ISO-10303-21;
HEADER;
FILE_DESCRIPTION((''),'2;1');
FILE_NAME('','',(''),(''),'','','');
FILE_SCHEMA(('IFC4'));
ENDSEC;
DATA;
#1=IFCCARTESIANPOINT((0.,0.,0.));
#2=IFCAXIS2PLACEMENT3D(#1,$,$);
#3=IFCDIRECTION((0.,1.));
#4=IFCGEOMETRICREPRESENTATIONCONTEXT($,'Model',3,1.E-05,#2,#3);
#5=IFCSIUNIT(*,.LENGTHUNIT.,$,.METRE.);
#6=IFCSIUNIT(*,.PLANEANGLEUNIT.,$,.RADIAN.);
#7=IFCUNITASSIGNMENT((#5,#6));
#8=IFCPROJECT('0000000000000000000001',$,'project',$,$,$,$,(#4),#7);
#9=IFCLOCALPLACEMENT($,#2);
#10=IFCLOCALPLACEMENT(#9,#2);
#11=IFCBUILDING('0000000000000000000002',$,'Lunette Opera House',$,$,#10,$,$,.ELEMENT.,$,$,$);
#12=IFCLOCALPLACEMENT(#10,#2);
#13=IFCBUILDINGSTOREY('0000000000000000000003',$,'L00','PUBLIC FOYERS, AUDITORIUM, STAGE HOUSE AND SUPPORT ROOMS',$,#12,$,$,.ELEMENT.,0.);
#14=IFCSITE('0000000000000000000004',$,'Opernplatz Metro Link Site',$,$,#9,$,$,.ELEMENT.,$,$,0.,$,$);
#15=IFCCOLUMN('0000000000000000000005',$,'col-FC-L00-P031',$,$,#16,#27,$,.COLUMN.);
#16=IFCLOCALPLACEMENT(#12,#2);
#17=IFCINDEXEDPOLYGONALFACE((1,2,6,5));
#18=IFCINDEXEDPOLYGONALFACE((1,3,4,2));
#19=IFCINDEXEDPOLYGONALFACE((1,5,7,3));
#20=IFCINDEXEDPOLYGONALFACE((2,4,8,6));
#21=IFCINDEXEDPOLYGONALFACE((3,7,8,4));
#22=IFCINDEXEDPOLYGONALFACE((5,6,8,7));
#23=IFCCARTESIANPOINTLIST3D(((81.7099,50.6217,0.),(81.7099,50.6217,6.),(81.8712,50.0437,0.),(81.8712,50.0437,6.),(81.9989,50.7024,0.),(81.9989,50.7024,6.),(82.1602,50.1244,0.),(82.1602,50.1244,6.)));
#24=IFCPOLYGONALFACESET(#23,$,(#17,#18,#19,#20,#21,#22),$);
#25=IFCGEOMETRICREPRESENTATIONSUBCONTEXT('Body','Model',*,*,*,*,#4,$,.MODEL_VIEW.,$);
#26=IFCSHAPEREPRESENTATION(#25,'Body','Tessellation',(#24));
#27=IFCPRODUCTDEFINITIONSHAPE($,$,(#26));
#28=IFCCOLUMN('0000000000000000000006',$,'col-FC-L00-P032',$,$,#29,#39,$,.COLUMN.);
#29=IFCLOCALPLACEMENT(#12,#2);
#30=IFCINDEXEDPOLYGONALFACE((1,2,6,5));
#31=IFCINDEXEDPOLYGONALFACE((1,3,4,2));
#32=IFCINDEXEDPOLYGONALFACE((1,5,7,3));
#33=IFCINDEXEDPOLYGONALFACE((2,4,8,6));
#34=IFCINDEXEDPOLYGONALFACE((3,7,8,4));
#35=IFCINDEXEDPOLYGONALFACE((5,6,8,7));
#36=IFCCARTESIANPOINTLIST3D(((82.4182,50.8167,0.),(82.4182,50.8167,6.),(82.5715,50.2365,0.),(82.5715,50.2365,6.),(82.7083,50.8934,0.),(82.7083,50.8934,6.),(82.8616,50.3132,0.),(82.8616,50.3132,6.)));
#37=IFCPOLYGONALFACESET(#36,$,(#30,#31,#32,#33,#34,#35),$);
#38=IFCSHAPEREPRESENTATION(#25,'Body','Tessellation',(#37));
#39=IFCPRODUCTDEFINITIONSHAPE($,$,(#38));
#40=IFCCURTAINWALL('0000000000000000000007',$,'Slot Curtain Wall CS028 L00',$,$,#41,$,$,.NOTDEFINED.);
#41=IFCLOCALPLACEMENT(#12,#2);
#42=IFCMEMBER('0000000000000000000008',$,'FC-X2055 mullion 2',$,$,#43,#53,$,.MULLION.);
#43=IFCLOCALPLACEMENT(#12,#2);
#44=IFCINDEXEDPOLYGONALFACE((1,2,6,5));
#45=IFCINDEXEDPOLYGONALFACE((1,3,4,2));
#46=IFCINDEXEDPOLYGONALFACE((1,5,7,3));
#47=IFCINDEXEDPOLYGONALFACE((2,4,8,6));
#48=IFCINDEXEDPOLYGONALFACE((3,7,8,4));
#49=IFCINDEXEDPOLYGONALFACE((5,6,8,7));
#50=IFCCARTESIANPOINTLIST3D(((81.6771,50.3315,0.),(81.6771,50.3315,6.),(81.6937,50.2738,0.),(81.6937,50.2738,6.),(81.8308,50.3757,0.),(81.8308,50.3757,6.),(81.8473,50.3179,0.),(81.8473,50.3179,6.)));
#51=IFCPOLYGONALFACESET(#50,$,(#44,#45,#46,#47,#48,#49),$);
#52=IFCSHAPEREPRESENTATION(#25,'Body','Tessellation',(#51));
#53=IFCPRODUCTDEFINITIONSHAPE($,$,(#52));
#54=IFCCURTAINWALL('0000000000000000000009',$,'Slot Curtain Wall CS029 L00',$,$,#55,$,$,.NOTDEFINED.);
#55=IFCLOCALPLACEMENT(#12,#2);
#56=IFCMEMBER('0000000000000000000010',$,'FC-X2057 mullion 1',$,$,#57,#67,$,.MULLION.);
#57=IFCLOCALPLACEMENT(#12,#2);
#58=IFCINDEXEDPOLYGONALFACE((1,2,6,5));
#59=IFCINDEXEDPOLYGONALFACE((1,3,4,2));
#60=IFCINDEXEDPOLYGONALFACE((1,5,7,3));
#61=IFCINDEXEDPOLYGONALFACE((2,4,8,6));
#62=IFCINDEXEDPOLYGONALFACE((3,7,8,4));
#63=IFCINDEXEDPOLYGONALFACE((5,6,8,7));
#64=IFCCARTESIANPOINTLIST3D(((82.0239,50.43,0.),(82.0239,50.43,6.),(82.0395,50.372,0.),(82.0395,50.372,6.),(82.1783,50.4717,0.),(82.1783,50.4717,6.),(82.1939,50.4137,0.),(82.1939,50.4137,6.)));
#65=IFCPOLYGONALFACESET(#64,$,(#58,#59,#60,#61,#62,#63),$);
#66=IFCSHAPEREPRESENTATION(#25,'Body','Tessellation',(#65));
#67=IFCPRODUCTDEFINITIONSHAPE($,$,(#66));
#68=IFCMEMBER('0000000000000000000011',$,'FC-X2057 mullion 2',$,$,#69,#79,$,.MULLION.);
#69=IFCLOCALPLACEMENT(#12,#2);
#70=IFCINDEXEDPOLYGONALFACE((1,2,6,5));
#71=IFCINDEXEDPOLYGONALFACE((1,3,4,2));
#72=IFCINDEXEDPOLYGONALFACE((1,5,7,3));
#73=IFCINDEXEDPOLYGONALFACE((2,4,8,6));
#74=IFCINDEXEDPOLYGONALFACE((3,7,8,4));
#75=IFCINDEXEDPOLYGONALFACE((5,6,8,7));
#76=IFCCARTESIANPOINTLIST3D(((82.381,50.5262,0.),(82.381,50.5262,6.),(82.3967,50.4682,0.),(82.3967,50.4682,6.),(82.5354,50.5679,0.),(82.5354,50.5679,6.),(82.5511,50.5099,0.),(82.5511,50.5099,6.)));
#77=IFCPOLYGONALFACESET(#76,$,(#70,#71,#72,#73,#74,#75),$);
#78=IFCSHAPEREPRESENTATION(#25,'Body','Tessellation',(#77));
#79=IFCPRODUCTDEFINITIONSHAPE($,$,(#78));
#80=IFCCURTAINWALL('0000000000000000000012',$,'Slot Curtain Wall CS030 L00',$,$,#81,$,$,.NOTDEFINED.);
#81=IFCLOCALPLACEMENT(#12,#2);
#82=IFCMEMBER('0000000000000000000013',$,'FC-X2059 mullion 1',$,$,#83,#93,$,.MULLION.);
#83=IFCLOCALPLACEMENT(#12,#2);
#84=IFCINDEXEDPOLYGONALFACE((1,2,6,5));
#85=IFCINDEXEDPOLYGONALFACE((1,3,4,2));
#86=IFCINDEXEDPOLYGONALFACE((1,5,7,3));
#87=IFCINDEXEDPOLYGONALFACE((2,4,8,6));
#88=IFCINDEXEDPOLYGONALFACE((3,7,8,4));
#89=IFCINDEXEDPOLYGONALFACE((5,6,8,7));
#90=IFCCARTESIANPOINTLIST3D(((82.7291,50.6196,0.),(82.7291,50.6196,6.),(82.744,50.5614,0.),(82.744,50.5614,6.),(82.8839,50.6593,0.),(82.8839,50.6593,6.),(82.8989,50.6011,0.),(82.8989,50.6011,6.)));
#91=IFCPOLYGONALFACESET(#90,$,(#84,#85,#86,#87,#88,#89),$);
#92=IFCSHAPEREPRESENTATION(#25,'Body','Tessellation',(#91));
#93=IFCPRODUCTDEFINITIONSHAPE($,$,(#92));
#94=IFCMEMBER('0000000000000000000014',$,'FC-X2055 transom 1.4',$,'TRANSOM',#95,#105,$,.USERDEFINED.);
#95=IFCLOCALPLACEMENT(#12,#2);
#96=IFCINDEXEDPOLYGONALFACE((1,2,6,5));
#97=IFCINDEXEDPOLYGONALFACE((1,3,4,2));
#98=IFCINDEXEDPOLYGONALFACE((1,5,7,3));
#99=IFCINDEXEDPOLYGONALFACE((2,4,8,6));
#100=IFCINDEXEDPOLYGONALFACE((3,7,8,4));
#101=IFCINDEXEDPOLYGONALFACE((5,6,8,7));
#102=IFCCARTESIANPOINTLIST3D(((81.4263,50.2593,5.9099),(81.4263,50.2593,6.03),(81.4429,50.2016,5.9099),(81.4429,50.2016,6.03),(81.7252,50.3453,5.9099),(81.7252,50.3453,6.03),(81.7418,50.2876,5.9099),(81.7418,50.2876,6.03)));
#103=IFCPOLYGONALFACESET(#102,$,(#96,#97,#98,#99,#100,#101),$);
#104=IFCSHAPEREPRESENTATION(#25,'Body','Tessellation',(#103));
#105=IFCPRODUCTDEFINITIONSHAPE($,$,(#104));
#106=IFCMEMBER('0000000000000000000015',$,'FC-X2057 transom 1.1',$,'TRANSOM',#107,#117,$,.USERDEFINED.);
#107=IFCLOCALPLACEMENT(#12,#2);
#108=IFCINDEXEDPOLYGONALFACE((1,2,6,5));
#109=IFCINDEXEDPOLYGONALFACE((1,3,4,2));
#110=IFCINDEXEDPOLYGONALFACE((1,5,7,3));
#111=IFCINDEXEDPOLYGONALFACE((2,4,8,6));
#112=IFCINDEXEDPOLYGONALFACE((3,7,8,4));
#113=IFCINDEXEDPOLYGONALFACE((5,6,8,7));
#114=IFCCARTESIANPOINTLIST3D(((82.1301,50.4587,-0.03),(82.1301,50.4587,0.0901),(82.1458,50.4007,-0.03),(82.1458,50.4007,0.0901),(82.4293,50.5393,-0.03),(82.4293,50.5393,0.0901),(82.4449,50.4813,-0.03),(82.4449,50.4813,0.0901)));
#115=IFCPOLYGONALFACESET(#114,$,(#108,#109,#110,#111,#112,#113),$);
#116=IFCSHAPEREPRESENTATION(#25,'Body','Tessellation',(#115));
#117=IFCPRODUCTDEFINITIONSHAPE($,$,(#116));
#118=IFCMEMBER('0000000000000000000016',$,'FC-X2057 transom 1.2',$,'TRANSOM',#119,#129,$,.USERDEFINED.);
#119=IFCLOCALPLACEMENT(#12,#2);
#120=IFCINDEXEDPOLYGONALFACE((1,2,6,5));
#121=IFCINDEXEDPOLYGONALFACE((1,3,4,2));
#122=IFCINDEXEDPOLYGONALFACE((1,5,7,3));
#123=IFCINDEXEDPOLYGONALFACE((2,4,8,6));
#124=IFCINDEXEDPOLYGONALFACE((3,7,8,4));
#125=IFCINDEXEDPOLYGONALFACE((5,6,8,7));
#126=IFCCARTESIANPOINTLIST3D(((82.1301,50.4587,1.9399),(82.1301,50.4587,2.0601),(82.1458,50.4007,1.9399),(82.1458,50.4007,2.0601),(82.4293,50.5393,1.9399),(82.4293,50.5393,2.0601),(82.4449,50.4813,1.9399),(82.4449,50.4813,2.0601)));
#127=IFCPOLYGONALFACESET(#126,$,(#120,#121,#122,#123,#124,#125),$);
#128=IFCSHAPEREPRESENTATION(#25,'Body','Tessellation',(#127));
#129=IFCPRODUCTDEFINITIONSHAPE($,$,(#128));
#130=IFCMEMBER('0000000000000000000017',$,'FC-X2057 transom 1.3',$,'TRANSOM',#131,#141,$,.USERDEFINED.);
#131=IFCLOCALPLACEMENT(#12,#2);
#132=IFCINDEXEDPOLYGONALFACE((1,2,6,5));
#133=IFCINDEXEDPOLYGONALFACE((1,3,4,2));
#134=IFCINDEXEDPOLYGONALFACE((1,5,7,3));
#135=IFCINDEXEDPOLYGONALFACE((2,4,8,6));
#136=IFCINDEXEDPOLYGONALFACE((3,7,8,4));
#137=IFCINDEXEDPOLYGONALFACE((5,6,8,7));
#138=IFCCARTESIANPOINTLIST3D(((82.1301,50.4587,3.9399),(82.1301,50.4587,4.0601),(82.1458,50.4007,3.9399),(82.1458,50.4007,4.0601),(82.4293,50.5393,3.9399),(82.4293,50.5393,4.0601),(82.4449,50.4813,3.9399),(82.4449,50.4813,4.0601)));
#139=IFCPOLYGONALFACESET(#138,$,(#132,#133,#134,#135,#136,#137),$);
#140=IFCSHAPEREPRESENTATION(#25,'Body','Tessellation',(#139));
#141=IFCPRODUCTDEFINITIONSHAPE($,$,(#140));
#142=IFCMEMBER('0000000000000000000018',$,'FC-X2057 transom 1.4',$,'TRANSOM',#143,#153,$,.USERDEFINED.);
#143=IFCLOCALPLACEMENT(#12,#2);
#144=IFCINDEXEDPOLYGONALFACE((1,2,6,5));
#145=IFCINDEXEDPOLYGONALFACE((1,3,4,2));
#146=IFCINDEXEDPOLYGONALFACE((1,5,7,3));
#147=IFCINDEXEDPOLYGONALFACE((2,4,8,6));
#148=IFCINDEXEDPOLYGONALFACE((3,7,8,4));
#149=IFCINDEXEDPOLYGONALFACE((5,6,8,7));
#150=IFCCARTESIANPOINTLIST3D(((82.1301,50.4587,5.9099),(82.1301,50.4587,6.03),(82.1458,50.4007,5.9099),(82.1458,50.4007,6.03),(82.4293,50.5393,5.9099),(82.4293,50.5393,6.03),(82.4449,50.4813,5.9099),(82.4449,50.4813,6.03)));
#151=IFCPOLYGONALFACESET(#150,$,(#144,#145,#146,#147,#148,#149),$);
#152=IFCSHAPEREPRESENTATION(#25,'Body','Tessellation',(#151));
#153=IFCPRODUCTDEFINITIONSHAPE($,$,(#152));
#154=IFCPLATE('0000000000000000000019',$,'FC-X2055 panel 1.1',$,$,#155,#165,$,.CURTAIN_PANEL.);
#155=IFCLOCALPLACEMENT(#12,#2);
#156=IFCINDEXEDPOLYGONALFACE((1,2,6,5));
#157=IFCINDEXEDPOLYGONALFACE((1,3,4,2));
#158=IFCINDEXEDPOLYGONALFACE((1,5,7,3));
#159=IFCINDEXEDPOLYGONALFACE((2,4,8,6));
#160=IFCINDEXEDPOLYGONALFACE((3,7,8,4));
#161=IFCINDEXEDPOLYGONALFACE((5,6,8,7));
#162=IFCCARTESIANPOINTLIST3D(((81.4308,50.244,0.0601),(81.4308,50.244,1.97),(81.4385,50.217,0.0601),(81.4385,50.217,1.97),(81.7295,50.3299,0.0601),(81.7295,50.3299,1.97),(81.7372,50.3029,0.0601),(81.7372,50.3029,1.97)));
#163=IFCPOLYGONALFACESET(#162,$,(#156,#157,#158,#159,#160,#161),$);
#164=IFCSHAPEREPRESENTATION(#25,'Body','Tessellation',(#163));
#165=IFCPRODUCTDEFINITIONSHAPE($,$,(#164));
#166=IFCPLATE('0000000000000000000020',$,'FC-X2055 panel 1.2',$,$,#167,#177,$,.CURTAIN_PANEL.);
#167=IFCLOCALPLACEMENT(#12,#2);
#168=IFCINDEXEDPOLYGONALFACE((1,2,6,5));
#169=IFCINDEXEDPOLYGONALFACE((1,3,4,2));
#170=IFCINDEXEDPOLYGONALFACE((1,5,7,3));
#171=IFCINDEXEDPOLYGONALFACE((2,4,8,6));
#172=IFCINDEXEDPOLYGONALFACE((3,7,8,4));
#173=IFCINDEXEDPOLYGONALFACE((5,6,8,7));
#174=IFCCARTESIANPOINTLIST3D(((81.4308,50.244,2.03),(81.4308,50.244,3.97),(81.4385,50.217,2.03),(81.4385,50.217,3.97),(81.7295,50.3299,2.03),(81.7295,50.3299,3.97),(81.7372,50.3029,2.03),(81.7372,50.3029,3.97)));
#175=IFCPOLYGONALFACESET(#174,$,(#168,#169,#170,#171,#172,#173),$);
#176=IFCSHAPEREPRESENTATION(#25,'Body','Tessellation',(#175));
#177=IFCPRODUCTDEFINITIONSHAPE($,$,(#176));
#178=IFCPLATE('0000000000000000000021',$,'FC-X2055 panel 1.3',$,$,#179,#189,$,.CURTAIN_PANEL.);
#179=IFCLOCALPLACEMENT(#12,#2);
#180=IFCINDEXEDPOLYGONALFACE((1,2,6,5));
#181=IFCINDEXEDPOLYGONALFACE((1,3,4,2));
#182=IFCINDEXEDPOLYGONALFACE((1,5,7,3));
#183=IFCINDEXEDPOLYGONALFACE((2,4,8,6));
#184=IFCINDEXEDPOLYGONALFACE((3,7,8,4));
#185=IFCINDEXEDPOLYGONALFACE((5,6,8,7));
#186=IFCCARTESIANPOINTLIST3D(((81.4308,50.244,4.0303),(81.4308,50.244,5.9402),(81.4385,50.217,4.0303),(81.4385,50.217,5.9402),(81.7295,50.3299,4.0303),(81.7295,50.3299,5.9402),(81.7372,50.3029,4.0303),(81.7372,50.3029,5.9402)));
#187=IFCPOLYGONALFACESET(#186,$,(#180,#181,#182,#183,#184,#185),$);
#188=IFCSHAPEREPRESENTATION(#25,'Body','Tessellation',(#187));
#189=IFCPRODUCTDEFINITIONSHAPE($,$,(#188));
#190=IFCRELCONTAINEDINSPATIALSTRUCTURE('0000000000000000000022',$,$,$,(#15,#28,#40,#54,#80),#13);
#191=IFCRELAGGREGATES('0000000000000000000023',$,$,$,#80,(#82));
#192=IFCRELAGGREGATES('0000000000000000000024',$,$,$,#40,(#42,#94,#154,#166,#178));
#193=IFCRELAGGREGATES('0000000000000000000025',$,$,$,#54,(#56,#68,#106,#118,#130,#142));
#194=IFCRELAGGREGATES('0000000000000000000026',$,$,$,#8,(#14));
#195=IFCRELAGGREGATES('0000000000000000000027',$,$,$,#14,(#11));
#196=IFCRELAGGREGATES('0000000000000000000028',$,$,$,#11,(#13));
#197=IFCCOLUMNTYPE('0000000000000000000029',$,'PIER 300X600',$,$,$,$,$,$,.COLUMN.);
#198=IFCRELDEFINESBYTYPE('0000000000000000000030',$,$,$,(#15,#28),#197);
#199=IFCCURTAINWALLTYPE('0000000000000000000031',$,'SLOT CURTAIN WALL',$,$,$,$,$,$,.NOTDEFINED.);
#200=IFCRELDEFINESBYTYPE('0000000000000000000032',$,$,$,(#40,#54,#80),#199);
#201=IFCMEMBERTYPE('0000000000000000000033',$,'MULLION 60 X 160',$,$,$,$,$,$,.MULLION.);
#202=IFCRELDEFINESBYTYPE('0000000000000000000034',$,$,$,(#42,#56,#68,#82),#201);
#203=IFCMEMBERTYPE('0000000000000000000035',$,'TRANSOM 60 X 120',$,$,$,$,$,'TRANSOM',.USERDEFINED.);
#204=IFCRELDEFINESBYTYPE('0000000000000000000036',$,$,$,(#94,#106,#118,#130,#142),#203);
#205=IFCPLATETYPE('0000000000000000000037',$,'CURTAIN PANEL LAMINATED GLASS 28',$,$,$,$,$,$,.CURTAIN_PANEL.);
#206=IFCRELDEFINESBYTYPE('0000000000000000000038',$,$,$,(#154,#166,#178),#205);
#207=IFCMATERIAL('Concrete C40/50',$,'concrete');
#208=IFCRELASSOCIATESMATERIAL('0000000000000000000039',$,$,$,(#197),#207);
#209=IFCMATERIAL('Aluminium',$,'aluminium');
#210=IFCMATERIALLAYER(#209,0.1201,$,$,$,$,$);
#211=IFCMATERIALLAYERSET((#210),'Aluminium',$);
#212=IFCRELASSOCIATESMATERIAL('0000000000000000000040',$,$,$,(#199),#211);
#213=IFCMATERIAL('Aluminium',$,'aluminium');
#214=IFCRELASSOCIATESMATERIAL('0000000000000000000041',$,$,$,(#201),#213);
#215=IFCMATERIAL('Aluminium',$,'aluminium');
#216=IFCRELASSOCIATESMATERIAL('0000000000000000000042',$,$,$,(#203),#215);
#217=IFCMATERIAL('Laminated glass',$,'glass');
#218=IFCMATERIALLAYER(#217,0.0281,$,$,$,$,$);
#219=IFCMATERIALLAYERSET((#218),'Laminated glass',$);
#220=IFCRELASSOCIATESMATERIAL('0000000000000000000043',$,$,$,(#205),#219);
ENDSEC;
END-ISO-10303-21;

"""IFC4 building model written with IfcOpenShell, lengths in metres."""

from ifc_helpers import new_model, si_unit, direction, frame, origin, origin_2d, place, context, subcontext, project, spatial, rectangle, extrude, material, layer, layer_set, material_profile, profile_set, type_object, element, aggregate, save


model = new_model("IFC4")

# Units and contexts
model_context = context("Model", 3, precision=1e-05, world=origin(), true_north=direction((0.0, 1.0)))
body_context = subcontext(model_context, "Body", "Model", "MODEL_VIEW")
ifc_project = project(units=[si_unit("LENGTHUNIT", "METRE"), si_unit("PLANEANGLEUNIT", "RADIAN")], contexts=[model_context])

# Site, building, storey
site_placement = place(None, origin())
site = spatial("IfcSite", under=ifc_project, at=site_placement, Name="Opernplatz Metro Link Site", CompositionType="ELEMENT", RefElevation=0.0)
building_placement = place(site_placement, origin())
building = spatial("IfcBuilding", under=site, at=building_placement, Name="Lunette Opera House", CompositionType="ELEMENT")
storey_placement = place(building_placement, origin())
storey = spatial("IfcBuildingStorey", under=building, at=storey_placement, Name="L00", Description="PUBLIC FOYERS, AUDITORIUM, STAGE HOUSE AND SUPPORT ROOMS", CompositionType="ELEMENT", Elevation=0.0)

# Columns
ifc_material_1 = material(Name="Concrete C40/50", Category="concrete")
ifc_material_profile_1 = material_profile(ifc_material_1, rectangle(XDim=0.3, YDim=0.6001, at=origin_2d()), Name="PIER 300X600")
ifc_profile_set_1 = profile_set([ifc_material_profile_1], Name="Concrete C40/50")
column_type = type_object("IfcColumnType", Name="PIER 300X600", PredefinedType="COLUMN", material=ifc_profile_set_1)
for number, where, z_axis, x_axis, name in (
    (1, (81.9351, 50.373, 0.0), (0.0, 0.0, 1.0), (0.963163, 0.26892, 0.0), "col-FC-L00-P031"),
    (2, (82.6399, 50.5649, 0.0), (0.0, 0.0, 1.0), (0.966823, 0.255446, 0.0), "col-FC-L00-P032"),
):
    element("IfcColumn", number, at=place(storey_placement, frame(where, z_axis=z_axis, x_axis=x_axis)), inside=storey, type_object=column_type, Name=name, PredefinedType="COLUMN", context=body_context, shape_type="SweptSolid", body=[
        extrude(rectangle(XDim=0.3, YDim=0.6001, at=origin_2d()), origin(), (0.0, 0.0, 1.0), 6.0),
    ])

# Curtain wall, member
ifc_material_2 = material(Name="Aluminium", Category="aluminium")
ifc_layer_1 = layer(ifc_material_2, 0.1201)
ifc_layer_set_1 = layer_set([ifc_layer_1], Name="Aluminium")
curtain_wall_type = type_object("IfcCurtainWallType", Name="SLOT CURTAIN WALL", PredefinedType="NOTDEFINED", material=ifc_layer_set_1)
curtain_wall_1_placement = place(storey_placement, origin())
curtain_wall_1 = element("IfcCurtainWall", 3, at=curtain_wall_1_placement, inside=storey, type_object=curtain_wall_type, Name="Slot Curtain Wall CS028 L00", PredefinedType="NOTDEFINED")
ifc_material_3 = material(Name="Aluminium", Category="aluminium")
ifc_material_profile_2 = material_profile(ifc_material_3, rectangle(XDim=0.0601, YDim=0.1599, at=origin_2d()), Name="MULLION 60 X 160")
ifc_profile_set_2 = profile_set([ifc_material_profile_2], Name="Aluminium")
member_type_1 = type_object("IfcMemberType", Name="MULLION 60 X 160", PredefinedType="MULLION", material=ifc_profile_set_2)
member_1_placement = place(storey_placement, frame((81.7622, 50.3247, 0.0), z_axis=(0.0, 0.0, 1.0), x_axis=(-0.276254, 0.961085, 0.0)))
member_1 = element("IfcMember", 4, at=member_1_placement, type_object=member_type_1, Name="FC-X2055 mullion 2", PredefinedType="MULLION", context=body_context, shape_type="SweptSolid", body=[
    extrude(rectangle(XDim=0.0601, YDim=0.1599, at=origin_2d()), origin(), (0.0, 0.0, 1.0), 6.0),
])

# Curtain wall, members
curtain_wall_2_placement = place(storey_placement, origin())
curtain_wall_2 = element("IfcCurtainWall", 5, at=curtain_wall_2_placement, inside=storey, type_object=curtain_wall_type, Name="Slot Curtain Wall CS029 L00", PredefinedType="NOTDEFINED")
member_2_placement = place(storey_placement, frame((82.1089, 50.4219, 0.0), z_axis=(0.0, 0.0, 1.0), x_axis=(-0.260557, 0.965458, 0.0)))
member_2 = element("IfcMember", 6, at=member_2_placement, type_object=member_type_1, Name="FC-X2057 mullion 1", PredefinedType="MULLION", context=body_context, shape_type="SweptSolid", body=[
    extrude(rectangle(XDim=0.0601, YDim=0.1599, at=origin_2d()), origin(), (0.0, 0.0, 1.0), 6.0),
])
member_3_placement = place(storey_placement, frame((82.4661, 50.5181, 0.0), z_axis=(0.0, 0.0, 1.0), x_axis=(-0.260557, 0.965458, 0.0)))
member_3 = element("IfcMember", 7, at=member_3_placement, type_object=member_type_1, Name="FC-X2057 mullion 2", PredefinedType="MULLION", context=body_context, shape_type="SweptSolid", body=[
    extrude(rectangle(XDim=0.0601, YDim=0.1599, at=origin_2d()), origin(), (0.0, 0.0, 1.0), 6.0),
])

# Curtain wall, member
curtain_wall_3_placement = place(storey_placement, origin())
curtain_wall_3 = element("IfcCurtainWall", 8, at=curtain_wall_3_placement, inside=storey, type_object=curtain_wall_type, Name="Slot Curtain Wall CS030 L00", PredefinedType="NOTDEFINED")
member_4_placement = place(storey_placement, frame((82.814, 50.6104, 0.0), z_axis=(0.0, 0.0, 1.0), x_axis=(-0.248543, 0.968621, 0.0)))
member_4 = element("IfcMember", 9, at=member_4_placement, type_object=member_type_1, Name="FC-X2059 mullion 1", PredefinedType="MULLION", context=body_context, shape_type="SweptSolid", body=[
    extrude(rectangle(XDim=0.0601, YDim=0.1599, at=origin_2d()), origin(), (0.0, 0.0, 1.0), 6.0),
])
aggregate(curtain_wall_3, [member_4])

# Members
ifc_material_4 = material(Name="Aluminium", Category="aluminium")
ifc_material_profile_3 = material_profile(ifc_material_4, rectangle(XDim=0.0601, YDim=0.1201, at=origin_2d()), Name="TRANSOM 60 X 120")
ifc_profile_set_3 = profile_set([ifc_material_profile_3], Name="Aluminium")
member_type_2 = type_object("IfcMemberType", Name="TRANSOM 60 X 120", ElementType="TRANSOM", PredefinedType="USERDEFINED", material=ifc_profile_set_3)
member_5_placement = place(storey_placement, frame((81.4346, 50.2305, 5.97), z_axis=(0.961048, 0.27638, 0.0), x_axis=(-0.27638, 0.961048, 0.0)))
member_5 = element("IfcMember", 10, at=member_5_placement, type_object=member_type_2, Name="FC-X2055 transom 1.4", ObjectType="TRANSOM", PredefinedType="USERDEFINED", context=body_context, shape_type="SweptSolid", body=[
    extrude(rectangle(XDim=0.0601, YDim=0.1201, at=origin_2d()), origin(), (0.0, 0.0, 1.0), 0.311),
])
member_6_placement = place(storey_placement, frame((82.1379, 50.4297, 0.03), z_axis=(0.965578, 0.260115, 0.0), x_axis=(-0.260115, 0.965578, 0.0)))
member_6 = element("IfcMember", 11, at=member_6_placement, type_object=member_type_2, Name="FC-X2057 transom 1.1", ObjectType="TRANSOM", PredefinedType="USERDEFINED", context=body_context, shape_type="SweptSolid", body=[
    extrude(rectangle(XDim=0.0601, YDim=0.1201, at=origin_2d()), origin(), (0.0, 0.0, 1.0), 0.3098),
])
member_7_placement = place(storey_placement, frame((82.1379, 50.4297, 2.0), z_axis=(0.965578, 0.260115, 0.0), x_axis=(-0.260115, 0.965578, 0.0)))
member_7 = element("IfcMember", 12, at=member_7_placement, type_object=member_type_2, Name="FC-X2057 transom 1.2", ObjectType="TRANSOM", PredefinedType="USERDEFINED", context=body_context, shape_type="SweptSolid", body=[
    extrude(rectangle(XDim=0.0601, YDim=0.1201, at=origin_2d()), origin(), (0.0, 0.0, 1.0), 0.3098),
])
member_8_placement = place(storey_placement, frame((82.1379, 50.4297, 4.0), z_axis=(0.965578, 0.260115, 0.0), x_axis=(-0.260115, 0.965578, 0.0)))
member_8 = element("IfcMember", 13, at=member_8_placement, type_object=member_type_2, Name="FC-X2057 transom 1.3", ObjectType="TRANSOM", PredefinedType="USERDEFINED", context=body_context, shape_type="SweptSolid", body=[
    extrude(rectangle(XDim=0.0601, YDim=0.1201, at=origin_2d()), origin(), (0.0, 0.0, 1.0), 0.3098),
])
member_9_placement = place(storey_placement, frame((82.1379, 50.4297, 5.97), z_axis=(0.965578, 0.260115, 0.0), x_axis=(-0.260115, 0.965578, 0.0)))
member_9 = element("IfcMember", 14, at=member_9_placement, type_object=member_type_2, Name="FC-X2057 transom 1.4", ObjectType="TRANSOM", PredefinedType="USERDEFINED", context=body_context, shape_type="SweptSolid", body=[
    extrude(rectangle(XDim=0.0601, YDim=0.1201, at=origin_2d()), origin(), (0.0, 0.0, 1.0), 0.3098),
])

# Plates
ifc_material_5 = material(Name="Laminated glass", Category="glass")
ifc_layer_2 = layer(ifc_material_5, 0.0281)
ifc_layer_set_2 = layer_set([ifc_layer_2], Name="Laminated glass")
plate_type = type_object("IfcPlateType", Name="CURTAIN PANEL LAMINATED GLASS 28", PredefinedType="CURTAIN_PANEL", material=ifc_layer_set_2)
plate_1_placement = place(storey_placement, frame((81.584, 50.2734, 0.0601), z_axis=(0.0, 0.0, 1.0), x_axis=(0.961085, 0.276254, 0.0)))
plate_1 = element("IfcPlate", 15, at=plate_1_placement, type_object=plate_type, Name="FC-X2055 panel 1.1", PredefinedType="CURTAIN_PANEL", context=body_context, shape_type="SweptSolid", body=[
    extrude(rectangle(XDim=0.3108, YDim=0.0281, at=origin_2d()), origin(), (0.0, 0.0, 1.0), 1.9099),
])
plate_2_placement = place(storey_placement, frame((81.584, 50.2734, 2.03), z_axis=(0.0, 0.0, 1.0), x_axis=(0.961085, 0.276254, 0.0)))
plate_2 = element("IfcPlate", 16, at=plate_2_placement, type_object=plate_type, Name="FC-X2055 panel 1.2", PredefinedType="CURTAIN_PANEL", context=body_context, shape_type="SweptSolid", body=[
    extrude(rectangle(XDim=0.3108, YDim=0.0281, at=origin_2d()), origin(), (0.0, 0.0, 1.0), 1.9399),
])
plate_3_placement = place(storey_placement, frame((81.584, 50.2734, 4.0303), z_axis=(0.0, 0.0, 1.0), x_axis=(0.961085, 0.276254, 0.0)))
plate_3 = element("IfcPlate", 17, at=plate_3_placement, type_object=plate_type, Name="FC-X2055 panel 1.3", PredefinedType="CURTAIN_PANEL", context=body_context, shape_type="SweptSolid", body=[
    extrude(rectangle(XDim=0.3108, YDim=0.0281, at=origin_2d()), origin(), (0.0, 0.0, 1.0), 1.9099),
])
aggregate(curtain_wall_1, [member_1, member_5, plate_1, plate_2, plate_3])
aggregate(curtain_wall_2, [member_2, member_3, member_6, member_7, member_8, member_9])

save(model, "model.ifc")
